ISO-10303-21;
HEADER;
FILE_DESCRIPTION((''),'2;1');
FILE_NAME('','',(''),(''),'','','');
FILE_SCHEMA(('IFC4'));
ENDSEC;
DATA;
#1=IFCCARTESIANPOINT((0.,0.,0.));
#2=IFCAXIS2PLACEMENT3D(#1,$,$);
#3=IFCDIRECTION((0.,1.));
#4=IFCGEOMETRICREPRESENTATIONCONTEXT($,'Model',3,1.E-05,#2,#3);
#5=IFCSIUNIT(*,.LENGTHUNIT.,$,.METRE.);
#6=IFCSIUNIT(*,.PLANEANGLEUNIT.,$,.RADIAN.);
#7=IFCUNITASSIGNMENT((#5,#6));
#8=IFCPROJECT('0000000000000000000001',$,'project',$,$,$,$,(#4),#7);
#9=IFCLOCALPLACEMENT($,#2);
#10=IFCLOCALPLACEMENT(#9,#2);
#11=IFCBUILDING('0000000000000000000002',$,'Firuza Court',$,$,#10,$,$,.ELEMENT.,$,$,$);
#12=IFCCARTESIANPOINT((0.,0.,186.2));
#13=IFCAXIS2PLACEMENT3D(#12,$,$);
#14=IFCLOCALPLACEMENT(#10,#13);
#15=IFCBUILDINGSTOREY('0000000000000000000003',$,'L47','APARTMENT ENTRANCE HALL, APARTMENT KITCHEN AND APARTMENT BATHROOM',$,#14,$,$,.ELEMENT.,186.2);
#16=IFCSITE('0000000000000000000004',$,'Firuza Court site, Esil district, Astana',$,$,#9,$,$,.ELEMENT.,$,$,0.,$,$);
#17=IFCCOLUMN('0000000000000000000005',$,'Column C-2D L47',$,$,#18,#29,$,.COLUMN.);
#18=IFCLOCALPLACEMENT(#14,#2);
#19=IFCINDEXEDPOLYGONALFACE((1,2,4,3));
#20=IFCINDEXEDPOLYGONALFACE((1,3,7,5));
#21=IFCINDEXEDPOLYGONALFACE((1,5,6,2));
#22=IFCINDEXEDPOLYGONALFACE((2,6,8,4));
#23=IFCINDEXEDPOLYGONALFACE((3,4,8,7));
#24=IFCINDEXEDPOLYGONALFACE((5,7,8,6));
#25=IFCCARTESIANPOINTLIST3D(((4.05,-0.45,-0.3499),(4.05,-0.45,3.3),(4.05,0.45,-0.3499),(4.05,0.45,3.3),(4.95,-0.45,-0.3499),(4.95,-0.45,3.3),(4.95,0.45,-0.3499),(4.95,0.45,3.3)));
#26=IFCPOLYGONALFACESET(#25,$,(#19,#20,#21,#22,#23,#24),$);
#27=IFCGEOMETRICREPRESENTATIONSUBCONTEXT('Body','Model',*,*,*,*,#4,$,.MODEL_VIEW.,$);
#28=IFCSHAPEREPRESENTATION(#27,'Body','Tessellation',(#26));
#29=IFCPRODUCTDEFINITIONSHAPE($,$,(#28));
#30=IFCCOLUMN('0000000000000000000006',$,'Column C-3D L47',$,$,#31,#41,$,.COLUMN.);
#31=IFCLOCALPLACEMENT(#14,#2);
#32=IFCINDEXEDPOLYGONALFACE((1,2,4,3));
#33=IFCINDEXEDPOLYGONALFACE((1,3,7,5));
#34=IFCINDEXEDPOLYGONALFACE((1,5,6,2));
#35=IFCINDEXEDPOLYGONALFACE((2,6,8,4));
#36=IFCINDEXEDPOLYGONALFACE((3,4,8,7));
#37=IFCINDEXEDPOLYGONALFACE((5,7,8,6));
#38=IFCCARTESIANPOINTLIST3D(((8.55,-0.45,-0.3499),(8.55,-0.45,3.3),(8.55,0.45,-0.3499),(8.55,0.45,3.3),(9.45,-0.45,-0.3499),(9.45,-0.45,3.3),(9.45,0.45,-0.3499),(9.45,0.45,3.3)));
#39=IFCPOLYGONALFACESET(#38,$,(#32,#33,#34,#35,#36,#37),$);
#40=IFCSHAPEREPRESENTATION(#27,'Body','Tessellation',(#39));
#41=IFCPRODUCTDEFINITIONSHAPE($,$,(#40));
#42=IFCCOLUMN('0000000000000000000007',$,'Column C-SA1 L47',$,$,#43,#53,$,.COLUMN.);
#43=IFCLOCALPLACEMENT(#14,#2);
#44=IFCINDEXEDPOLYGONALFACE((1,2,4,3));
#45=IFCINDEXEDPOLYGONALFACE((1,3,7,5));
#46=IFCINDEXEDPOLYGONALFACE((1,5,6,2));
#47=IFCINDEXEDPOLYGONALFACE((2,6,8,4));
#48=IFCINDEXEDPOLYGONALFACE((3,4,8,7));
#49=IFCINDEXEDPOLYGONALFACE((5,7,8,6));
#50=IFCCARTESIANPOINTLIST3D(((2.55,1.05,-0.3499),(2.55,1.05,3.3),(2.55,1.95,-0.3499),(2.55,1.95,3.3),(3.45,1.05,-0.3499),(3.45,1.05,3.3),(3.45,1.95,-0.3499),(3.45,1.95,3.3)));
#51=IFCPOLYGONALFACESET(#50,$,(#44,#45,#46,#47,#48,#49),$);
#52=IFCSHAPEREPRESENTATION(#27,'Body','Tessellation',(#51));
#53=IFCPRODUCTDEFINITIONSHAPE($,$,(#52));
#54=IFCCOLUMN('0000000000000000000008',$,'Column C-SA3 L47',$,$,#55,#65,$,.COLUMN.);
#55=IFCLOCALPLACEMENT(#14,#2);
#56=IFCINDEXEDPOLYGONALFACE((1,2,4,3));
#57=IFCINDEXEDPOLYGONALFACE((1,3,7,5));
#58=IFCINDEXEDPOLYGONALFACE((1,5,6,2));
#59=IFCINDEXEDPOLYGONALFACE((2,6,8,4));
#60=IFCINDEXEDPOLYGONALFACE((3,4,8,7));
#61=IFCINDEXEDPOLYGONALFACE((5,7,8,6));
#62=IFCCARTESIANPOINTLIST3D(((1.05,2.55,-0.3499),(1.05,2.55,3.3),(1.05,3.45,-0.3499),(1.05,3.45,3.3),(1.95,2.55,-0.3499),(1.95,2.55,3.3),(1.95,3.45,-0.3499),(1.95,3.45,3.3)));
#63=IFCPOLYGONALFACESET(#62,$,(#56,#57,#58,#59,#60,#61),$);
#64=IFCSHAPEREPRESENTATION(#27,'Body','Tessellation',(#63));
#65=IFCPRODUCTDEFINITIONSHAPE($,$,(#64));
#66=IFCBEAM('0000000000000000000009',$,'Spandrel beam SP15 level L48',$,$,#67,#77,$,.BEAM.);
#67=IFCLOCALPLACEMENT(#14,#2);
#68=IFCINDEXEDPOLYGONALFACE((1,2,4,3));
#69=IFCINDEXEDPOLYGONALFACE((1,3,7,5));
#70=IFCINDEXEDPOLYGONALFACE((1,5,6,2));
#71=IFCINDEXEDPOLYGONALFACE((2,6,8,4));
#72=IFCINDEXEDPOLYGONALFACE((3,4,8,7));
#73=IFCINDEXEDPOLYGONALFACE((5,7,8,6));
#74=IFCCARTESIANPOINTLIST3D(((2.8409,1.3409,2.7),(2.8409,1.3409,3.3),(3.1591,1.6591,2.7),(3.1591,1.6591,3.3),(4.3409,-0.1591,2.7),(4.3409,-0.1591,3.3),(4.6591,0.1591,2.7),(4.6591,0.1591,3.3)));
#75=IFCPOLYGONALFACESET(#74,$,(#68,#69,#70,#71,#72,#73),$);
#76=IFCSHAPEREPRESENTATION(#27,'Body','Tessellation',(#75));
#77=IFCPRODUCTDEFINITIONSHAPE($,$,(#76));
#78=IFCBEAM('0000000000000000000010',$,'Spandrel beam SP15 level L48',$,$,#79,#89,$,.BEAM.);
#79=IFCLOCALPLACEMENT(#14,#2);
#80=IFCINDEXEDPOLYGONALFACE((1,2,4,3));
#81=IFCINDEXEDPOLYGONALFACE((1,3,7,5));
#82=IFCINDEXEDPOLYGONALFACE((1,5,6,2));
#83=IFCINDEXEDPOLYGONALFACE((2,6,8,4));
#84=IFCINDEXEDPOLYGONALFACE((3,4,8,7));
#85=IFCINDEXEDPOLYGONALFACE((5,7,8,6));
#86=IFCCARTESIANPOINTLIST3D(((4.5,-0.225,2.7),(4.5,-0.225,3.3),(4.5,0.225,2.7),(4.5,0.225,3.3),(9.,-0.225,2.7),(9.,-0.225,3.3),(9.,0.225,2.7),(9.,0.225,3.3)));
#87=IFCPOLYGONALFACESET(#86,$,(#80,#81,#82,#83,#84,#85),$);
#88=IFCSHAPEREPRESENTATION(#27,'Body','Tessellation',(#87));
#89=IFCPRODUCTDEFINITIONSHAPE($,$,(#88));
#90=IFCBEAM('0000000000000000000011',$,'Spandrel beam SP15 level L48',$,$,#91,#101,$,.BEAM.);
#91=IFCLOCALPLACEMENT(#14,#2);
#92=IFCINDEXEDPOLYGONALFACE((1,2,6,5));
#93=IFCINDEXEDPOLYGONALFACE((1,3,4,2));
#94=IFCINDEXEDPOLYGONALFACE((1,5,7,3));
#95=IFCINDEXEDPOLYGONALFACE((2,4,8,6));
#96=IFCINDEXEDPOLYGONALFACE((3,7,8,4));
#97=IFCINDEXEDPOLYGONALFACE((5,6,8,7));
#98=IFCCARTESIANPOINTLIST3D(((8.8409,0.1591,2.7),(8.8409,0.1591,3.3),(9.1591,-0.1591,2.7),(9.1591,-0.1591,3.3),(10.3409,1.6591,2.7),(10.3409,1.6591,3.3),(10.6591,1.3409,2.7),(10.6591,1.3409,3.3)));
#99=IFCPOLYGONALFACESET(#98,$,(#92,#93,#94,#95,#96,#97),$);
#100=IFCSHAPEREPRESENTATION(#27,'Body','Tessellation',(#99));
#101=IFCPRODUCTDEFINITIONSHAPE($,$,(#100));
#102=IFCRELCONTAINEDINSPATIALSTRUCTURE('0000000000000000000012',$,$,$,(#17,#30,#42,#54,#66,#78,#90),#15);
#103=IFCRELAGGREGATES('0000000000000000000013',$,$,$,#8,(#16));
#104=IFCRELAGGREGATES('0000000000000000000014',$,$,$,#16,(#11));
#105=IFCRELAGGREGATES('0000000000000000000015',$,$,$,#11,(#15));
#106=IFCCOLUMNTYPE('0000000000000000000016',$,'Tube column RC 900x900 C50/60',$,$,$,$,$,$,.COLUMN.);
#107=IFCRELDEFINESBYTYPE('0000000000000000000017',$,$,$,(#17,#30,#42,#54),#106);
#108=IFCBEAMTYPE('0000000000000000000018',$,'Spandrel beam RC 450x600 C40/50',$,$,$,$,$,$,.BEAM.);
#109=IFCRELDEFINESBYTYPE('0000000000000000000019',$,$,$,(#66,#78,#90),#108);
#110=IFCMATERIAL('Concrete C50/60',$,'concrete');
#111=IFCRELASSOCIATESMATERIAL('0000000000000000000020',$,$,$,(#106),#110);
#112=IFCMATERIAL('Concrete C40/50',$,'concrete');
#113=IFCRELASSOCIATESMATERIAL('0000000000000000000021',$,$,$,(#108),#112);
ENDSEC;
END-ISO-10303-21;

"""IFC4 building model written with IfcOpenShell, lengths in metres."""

from ifc_helpers import new_model, si_unit, direction, frame, origin, origin_2d, place, context, subcontext, project, spatial, rectangle, extrude, material, material_profile, profile_set, type_object, element, save


model = new_model("IFC4")

# Units and contexts
model_context = context("Model", 3, precision=1e-05, world=origin(), true_north=direction((0.0, 1.0)))
body_context = subcontext(model_context, "Body", "Model", "MODEL_VIEW")
ifc_project = project(units=[si_unit("LENGTHUNIT", "METRE"), si_unit("PLANEANGLEUNIT", "RADIAN")], contexts=[model_context])

# Site, building, storey
site_placement = place(None, origin())
site = spatial("IfcSite", under=ifc_project, at=site_placement, Name="Firuza Court site, Esil district, Astana", CompositionType="ELEMENT", RefElevation=0.0)
building_placement = place(site_placement, origin())
building = spatial("IfcBuilding", under=site, at=building_placement, Name="Firuza Court", CompositionType="ELEMENT")
storey_placement = place(building_placement, frame((0.0, 0.0, 186.2)))
storey = spatial("IfcBuildingStorey", under=building, at=storey_placement, Name="L47", Description="APARTMENT ENTRANCE HALL, APARTMENT KITCHEN AND APARTMENT BATHROOM", CompositionType="ELEMENT", Elevation=186.2)

# Columns
ifc_material_1 = material(Name="Concrete C50/60", Category="concrete")
ifc_material_profile_1 = material_profile(ifc_material_1, rectangle(XDim=0.8999, YDim=0.8999, at=origin_2d()), Name="RC 900x900")
ifc_profile_set_1 = profile_set([ifc_material_profile_1], Name="Concrete C50/60")
column_type = type_object("IfcColumnType", Name="Tube column RC 900x900 C50/60", PredefinedType="COLUMN", material=ifc_profile_set_1)
for number, where, z_axis, x_axis, name in (
    (1, (4.5, 0.0, -0.3499), (0.0, 0.0, 1.0), (1.0, 0.0, 0.0), "Column C-2D L47"),
    (2, (9.0, 0.0, -0.3499), (0.0, 0.0, 1.0), (1.0, 0.0, 0.0), "Column C-3D L47"),
    (3, (3.0, 1.5, -0.3499), (0.0, 0.0, 1.0), (1.0, 0.0, 0.0), "Column C-SA1 L47"),
    (4, (1.5, 3.0, -0.3499), (0.0, 0.0, 1.0), (1.0, 0.0, 0.0), "Column C-SA3 L47"),
):
    element("IfcColumn", number, at=place(storey_placement, frame(where, z_axis=z_axis, x_axis=x_axis)), inside=storey, type_object=column_type, Name=name, PredefinedType="COLUMN", context=body_context, shape_type="SweptSolid", body=[
        extrude(rectangle(XDim=0.8999, YDim=0.8999, at=origin_2d()), origin(), (0.0, 0.0, 1.0), 3.6499),
    ])

# Beams
ifc_material_2 = material(Name="Concrete C40/50", Category="concrete")
ifc_material_profile_2 = material_profile(ifc_material_2, rectangle(XDim=0.45, YDim=0.6001, at=origin_2d()), Name="RC 450x600")
ifc_profile_set_2 = profile_set([ifc_material_profile_2], Name="Concrete C40/50")
beam_type = type_object("IfcBeamType", Name="Spandrel beam RC 450x600 C40/50", PredefinedType="BEAM", material=ifc_profile_set_2)
beam_1_placement = place(storey_placement, frame((3.0, 1.5, 3.0), z_axis=(0.707107, -0.707107, 0.0), x_axis=(0.707107, 0.707107, 0.0)))
element("IfcBeam", 5, at=beam_1_placement, inside=storey, type_object=beam_type, Name="Spandrel beam SP15 level L48", PredefinedType="BEAM", context=body_context, shape_type="SweptSolid", body=[
    extrude(rectangle(XDim=0.45, YDim=0.6001, at=origin_2d()), origin(), (0.0, 0.0, 1.0), 2.1213),
])
beam_2_placement = place(storey_placement, frame((4.5, 0.0, 3.0), z_axis=(1.0, 0.0, 0.0), x_axis=(0.0, 1.0, 0.0)))
element("IfcBeam", 6, at=beam_2_placement, inside=storey, type_object=beam_type, Name="Spandrel beam SP15 level L48", PredefinedType="BEAM", context=body_context, shape_type="SweptSolid", body=[
    extrude(rectangle(XDim=0.45, YDim=0.6001, at=origin_2d()), origin(), (0.0, 0.0, 1.0), 4.5),
])
beam_3_placement = place(storey_placement, frame((9.0, 0.0, 3.0), z_axis=(0.707107, 0.707107, 0.0), x_axis=(-0.707107, 0.707107, 0.0)))
element("IfcBeam", 7, at=beam_3_placement, inside=storey, type_object=beam_type, Name="Spandrel beam SP15 level L48", PredefinedType="BEAM", context=body_context, shape_type="SweptSolid", body=[
    extrude(rectangle(XDim=0.45, YDim=0.6001, at=origin_2d()), origin(), (0.0, 0.0, 1.0), 2.1213),
])

save(model, "model.ifc")
